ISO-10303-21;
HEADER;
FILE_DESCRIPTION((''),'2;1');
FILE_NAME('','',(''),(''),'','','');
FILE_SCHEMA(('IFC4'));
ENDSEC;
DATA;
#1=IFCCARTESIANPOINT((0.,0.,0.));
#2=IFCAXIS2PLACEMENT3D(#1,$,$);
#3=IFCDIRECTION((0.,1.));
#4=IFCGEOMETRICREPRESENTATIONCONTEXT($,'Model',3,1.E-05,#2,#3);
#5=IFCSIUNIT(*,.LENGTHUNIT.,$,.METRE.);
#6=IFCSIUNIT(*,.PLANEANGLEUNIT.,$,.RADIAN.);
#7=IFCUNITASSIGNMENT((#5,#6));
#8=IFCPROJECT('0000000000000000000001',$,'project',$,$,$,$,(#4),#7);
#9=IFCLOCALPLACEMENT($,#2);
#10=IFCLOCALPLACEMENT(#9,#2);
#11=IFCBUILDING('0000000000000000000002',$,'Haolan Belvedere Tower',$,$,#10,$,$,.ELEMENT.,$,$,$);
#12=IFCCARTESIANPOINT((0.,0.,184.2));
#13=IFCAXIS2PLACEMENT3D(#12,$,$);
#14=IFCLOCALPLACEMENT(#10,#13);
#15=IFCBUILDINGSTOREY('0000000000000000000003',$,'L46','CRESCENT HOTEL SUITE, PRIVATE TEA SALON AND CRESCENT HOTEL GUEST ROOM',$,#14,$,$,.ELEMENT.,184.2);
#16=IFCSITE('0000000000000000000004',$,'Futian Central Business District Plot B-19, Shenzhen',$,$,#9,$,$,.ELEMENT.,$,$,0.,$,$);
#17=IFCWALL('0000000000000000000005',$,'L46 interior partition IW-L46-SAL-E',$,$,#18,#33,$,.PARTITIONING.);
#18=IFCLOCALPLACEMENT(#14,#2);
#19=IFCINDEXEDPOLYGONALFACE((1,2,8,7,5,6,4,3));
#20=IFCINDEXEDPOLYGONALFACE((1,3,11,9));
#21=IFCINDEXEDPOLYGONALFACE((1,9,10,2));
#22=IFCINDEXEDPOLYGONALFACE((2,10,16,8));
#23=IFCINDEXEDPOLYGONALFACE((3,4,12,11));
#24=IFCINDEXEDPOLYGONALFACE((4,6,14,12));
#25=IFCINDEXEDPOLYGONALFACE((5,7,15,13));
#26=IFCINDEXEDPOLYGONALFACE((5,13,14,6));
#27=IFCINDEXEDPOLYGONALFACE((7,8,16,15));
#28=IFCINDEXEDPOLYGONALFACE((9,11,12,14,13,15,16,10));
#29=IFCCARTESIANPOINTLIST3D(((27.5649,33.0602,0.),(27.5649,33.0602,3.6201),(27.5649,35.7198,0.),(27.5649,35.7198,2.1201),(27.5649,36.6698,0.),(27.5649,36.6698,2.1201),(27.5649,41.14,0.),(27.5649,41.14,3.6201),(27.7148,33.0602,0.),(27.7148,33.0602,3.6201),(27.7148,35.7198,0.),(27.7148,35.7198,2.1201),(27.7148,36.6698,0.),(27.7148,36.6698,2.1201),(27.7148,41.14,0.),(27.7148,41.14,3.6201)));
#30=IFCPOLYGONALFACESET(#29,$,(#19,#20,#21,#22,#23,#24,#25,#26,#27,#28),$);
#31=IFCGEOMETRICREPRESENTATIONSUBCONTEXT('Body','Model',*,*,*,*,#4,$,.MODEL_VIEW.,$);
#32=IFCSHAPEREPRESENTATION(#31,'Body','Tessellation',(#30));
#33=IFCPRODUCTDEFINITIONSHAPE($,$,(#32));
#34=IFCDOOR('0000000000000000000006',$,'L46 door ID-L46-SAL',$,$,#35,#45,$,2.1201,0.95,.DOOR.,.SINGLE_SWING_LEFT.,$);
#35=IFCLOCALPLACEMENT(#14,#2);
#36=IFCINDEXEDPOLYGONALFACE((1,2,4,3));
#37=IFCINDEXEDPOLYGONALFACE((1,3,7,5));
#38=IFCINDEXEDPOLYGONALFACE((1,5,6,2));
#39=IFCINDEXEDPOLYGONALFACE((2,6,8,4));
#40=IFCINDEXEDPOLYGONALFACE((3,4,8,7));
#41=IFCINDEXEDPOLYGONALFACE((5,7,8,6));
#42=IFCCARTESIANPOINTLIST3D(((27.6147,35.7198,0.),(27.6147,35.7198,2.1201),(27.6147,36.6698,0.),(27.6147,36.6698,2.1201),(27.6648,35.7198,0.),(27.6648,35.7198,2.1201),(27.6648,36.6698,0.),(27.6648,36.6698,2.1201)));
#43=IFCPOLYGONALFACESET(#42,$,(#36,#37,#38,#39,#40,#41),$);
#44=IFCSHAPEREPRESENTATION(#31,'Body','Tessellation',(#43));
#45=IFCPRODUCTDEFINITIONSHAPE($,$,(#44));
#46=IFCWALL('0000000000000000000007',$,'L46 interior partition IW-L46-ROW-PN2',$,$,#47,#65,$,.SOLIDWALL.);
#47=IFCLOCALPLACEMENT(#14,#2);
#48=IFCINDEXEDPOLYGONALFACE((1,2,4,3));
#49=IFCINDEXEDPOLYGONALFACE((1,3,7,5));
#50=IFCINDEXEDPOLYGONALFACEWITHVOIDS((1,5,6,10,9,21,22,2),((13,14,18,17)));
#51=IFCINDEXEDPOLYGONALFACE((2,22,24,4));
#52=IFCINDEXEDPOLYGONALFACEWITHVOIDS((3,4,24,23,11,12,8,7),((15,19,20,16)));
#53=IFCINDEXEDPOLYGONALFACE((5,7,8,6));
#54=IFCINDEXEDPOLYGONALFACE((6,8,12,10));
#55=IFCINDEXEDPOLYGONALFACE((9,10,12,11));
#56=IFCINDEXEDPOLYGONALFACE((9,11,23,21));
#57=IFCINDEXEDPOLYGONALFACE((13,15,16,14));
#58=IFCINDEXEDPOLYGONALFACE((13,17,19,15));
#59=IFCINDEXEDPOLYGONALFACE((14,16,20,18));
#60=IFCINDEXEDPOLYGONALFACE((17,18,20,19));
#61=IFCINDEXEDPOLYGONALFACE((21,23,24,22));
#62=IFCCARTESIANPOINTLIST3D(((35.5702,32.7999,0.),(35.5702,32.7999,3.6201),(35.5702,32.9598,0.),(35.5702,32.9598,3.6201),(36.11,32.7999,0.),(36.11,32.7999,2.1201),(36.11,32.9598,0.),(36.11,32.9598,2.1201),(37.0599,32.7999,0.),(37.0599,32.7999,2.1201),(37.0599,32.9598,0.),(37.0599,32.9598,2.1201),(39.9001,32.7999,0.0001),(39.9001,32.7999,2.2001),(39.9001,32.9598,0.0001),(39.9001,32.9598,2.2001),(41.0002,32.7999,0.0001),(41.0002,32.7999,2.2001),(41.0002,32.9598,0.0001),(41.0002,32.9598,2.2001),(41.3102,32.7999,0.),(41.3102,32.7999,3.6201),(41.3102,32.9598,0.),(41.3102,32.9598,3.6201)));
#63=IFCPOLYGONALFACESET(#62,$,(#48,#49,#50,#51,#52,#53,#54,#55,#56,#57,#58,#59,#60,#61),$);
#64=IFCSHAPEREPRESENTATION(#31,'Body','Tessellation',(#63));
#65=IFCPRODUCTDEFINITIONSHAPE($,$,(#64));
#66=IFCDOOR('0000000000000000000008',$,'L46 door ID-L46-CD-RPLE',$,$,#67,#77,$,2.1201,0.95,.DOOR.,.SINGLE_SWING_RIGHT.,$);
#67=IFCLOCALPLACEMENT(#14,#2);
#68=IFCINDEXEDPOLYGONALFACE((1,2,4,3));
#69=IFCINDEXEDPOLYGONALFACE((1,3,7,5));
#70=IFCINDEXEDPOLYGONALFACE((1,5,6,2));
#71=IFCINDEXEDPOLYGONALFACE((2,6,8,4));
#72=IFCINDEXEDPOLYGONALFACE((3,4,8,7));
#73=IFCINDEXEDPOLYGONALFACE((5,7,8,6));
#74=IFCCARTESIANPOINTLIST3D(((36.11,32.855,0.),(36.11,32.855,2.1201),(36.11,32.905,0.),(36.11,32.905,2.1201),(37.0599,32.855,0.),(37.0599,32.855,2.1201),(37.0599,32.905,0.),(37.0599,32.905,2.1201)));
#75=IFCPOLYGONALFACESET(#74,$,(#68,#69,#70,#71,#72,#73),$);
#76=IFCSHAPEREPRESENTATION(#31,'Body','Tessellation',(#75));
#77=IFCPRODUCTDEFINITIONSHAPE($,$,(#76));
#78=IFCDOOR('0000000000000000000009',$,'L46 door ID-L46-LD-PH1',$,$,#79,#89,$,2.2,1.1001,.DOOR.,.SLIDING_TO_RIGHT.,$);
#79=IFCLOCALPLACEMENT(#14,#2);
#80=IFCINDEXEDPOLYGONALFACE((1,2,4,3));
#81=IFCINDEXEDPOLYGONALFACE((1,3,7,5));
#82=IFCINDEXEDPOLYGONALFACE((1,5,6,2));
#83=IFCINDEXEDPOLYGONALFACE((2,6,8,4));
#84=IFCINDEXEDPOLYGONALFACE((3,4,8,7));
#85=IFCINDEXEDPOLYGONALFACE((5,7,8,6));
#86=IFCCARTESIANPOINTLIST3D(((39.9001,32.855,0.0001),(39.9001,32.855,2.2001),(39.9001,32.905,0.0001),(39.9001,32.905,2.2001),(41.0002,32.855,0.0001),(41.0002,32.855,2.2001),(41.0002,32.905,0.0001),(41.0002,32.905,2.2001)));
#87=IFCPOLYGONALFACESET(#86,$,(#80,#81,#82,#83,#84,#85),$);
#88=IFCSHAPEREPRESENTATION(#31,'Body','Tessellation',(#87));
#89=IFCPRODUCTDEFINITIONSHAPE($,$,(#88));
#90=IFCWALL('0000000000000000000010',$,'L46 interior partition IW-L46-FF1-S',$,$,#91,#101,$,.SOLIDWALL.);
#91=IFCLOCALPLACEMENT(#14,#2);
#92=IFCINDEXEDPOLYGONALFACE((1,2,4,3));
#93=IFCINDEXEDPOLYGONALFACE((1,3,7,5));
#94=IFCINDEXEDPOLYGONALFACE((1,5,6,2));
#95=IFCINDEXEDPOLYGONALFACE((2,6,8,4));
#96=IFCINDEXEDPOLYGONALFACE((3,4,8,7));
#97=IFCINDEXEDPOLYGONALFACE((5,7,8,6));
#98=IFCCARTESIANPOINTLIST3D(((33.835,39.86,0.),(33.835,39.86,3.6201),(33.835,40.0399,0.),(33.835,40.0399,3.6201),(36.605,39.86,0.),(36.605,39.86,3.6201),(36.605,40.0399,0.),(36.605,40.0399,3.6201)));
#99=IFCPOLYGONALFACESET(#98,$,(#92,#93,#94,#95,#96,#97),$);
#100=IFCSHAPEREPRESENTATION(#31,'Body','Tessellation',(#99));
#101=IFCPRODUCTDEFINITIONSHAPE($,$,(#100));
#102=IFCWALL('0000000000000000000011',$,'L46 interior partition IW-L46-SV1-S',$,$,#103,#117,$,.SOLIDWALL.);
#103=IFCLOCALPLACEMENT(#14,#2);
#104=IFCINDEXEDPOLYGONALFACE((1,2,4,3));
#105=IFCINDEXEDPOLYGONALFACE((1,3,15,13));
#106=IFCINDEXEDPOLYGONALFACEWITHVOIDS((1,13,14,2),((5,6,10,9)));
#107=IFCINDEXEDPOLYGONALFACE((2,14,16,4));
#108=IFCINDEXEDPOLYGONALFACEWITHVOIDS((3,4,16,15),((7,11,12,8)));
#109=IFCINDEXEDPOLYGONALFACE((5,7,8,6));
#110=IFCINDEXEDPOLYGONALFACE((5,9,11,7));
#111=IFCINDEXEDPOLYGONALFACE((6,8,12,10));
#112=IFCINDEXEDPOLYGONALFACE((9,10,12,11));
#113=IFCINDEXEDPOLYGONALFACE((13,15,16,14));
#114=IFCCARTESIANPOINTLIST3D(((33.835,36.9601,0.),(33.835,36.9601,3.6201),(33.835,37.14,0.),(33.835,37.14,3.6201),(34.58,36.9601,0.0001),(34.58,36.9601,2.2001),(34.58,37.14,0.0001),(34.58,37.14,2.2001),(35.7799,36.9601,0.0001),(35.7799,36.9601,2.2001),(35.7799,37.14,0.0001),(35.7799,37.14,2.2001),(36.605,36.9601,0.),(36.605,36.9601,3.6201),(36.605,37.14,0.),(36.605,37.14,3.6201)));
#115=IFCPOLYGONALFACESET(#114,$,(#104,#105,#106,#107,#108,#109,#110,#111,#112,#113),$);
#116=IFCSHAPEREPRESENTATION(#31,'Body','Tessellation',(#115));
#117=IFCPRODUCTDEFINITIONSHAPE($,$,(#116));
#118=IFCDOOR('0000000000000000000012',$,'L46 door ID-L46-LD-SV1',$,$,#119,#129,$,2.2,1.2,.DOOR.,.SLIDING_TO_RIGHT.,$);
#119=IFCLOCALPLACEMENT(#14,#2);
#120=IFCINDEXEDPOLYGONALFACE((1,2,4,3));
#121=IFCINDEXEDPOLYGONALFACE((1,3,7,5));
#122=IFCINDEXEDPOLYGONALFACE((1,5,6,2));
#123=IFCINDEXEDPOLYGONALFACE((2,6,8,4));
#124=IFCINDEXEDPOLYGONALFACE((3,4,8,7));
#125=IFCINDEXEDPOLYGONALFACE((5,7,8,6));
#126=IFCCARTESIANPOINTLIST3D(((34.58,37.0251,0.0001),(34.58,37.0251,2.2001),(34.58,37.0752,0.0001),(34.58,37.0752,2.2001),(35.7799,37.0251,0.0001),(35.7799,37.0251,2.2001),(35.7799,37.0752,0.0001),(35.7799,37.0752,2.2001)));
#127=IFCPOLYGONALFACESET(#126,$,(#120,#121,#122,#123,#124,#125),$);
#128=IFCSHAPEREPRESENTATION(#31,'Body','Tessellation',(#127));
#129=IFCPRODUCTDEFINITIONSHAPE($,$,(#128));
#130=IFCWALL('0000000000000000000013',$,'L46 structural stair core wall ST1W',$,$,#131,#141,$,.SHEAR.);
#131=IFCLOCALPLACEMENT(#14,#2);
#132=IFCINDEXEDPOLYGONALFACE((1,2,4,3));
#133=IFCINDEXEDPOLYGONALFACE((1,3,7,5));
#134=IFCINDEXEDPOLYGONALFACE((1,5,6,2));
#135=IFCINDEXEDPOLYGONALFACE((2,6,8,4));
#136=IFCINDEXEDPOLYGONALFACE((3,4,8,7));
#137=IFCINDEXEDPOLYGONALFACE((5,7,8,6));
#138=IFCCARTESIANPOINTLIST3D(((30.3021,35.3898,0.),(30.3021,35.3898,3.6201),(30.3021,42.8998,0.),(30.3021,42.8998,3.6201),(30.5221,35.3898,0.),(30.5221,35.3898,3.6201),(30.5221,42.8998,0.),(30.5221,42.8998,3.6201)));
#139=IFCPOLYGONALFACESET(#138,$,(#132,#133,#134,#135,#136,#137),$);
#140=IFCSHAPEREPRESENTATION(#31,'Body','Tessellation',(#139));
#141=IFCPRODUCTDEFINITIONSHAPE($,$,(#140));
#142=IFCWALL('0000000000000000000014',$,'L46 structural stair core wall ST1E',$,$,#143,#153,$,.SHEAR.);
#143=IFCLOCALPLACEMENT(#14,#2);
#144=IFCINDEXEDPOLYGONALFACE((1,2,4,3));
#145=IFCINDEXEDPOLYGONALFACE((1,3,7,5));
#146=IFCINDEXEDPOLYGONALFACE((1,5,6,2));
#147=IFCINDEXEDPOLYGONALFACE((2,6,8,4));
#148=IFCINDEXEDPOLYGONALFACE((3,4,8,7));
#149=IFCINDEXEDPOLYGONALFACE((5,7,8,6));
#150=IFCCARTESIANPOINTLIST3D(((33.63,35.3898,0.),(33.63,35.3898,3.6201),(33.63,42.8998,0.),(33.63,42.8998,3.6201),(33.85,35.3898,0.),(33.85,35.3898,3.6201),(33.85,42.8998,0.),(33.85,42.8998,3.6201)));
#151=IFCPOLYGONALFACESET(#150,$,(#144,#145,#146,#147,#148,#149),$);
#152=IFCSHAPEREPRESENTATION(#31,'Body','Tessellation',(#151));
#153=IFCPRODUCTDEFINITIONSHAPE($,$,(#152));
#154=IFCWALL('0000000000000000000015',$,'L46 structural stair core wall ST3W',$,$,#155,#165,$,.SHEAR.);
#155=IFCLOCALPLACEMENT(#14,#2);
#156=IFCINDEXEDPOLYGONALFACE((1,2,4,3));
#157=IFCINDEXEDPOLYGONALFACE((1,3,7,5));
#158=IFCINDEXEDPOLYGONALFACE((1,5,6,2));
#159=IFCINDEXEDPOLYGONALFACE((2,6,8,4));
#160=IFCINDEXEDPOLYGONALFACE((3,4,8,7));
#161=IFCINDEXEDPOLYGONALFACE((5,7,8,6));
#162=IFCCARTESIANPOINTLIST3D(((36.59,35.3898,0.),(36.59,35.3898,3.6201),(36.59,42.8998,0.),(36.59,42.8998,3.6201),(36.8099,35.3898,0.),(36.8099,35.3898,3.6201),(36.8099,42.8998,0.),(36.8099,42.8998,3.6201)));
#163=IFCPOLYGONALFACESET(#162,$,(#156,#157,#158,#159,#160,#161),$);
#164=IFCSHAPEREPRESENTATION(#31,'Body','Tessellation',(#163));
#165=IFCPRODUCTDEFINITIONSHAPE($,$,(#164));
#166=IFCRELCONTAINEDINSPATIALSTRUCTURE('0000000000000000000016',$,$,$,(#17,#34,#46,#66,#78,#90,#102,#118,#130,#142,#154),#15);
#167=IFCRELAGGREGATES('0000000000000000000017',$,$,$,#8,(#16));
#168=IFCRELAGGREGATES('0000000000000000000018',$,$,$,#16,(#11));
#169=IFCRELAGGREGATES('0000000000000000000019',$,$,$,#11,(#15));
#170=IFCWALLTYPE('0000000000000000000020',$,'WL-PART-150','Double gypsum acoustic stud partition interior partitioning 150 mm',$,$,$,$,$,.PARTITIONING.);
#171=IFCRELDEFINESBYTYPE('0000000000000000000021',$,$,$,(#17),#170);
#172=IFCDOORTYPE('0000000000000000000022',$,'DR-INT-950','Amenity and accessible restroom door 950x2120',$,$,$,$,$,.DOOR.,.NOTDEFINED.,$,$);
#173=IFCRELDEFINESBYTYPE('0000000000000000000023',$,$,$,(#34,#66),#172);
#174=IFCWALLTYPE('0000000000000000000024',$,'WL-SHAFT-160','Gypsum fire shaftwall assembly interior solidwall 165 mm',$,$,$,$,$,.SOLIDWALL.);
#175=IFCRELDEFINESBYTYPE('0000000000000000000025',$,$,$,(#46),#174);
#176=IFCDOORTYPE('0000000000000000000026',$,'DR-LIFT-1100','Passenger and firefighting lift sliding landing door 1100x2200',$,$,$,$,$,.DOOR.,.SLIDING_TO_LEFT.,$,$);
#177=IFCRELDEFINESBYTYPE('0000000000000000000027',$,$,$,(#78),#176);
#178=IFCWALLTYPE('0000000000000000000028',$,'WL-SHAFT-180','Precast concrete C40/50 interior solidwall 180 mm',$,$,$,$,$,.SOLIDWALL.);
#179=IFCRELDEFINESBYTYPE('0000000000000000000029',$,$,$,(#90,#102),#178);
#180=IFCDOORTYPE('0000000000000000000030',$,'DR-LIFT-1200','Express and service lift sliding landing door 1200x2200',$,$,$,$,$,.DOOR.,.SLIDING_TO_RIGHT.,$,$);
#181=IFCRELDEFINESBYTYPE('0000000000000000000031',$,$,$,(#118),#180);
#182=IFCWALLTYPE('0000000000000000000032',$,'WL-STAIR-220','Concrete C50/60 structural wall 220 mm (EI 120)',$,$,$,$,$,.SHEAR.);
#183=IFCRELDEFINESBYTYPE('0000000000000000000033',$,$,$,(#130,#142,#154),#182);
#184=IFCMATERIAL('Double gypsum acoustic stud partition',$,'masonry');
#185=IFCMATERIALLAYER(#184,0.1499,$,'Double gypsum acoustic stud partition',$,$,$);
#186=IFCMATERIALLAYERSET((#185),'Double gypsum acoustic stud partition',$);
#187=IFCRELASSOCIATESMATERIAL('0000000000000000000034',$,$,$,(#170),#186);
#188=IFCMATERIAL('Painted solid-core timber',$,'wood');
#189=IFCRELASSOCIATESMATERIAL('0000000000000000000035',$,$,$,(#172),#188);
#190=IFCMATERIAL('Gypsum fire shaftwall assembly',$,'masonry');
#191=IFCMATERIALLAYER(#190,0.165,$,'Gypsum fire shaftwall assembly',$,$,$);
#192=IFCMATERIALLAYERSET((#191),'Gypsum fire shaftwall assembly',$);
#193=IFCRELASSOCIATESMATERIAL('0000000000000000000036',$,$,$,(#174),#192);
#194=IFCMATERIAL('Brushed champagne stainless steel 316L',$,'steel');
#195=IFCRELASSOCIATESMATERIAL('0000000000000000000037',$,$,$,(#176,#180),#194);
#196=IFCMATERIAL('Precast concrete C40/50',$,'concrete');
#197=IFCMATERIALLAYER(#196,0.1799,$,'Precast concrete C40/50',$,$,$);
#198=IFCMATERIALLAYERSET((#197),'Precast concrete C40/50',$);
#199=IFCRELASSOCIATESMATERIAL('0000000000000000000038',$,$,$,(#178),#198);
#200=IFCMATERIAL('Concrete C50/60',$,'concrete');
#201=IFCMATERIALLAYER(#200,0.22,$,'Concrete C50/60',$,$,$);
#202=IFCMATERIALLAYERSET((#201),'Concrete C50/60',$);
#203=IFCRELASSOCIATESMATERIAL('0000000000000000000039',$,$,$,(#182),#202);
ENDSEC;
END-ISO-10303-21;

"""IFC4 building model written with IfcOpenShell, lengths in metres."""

from ifc_helpers import new_model, si_unit, direction, frame, frame_2d, origin, place, context, subcontext, project, spatial, rectangle, extrude, material, layer, layer_set, type_object, element, fill, save


model = new_model("IFC4")

# Units and contexts
model_context = context("Model", 3, precision=1e-05, world=origin(), true_north=direction((0.0, 1.0)))
body_context = subcontext(model_context, "Body", "Model", "MODEL_VIEW")
ifc_project = project(units=[si_unit("LENGTHUNIT", "METRE"), si_unit("PLANEANGLEUNIT", "RADIAN")], contexts=[model_context])

# Site, building, storey
site_placement = place(None, origin())
site = spatial("IfcSite", under=ifc_project, at=site_placement, Name="Futian Central Business District Plot B-19, Shenzhen", CompositionType="ELEMENT", RefElevation=0.0)
building_placement = place(site_placement, origin())
building = spatial("IfcBuilding", under=site, at=building_placement, Name="Haolan Belvedere Tower", CompositionType="ELEMENT")
storey_placement = place(building_placement, frame((0.0, 0.0, 184.2)))
storey = spatial("IfcBuildingStorey", under=building, at=storey_placement, Name="L46", Description="CRESCENT HOTEL SUITE, PRIVATE TEA SALON AND CRESCENT HOTEL GUEST ROOM", CompositionType="ELEMENT", Elevation=184.2)

# Wall, opening, door
ifc_material_1 = material(Name="Double gypsum acoustic stud partition", Category="masonry")
ifc_layer_1 = layer(ifc_material_1, 0.1499, Name="Double gypsum acoustic stud partition")
ifc_layer_set_1 = layer_set([ifc_layer_1], Name="Double gypsum acoustic stud partition")
wall_type_1 = type_object("IfcWallType", Name="WL-PART-150", Description="Double gypsum acoustic stud partition interior partitioning 150 mm", PredefinedType="PARTITIONING", material=ifc_layer_set_1)
wall_1_placement = place(storey_placement, frame((27.6399, 33.0601, 0.0), z_axis=(0.0, 0.0, 1.0), x_axis=(0.0, 1.0, 0.0)))
wall_1 = element("IfcWall", 1, at=wall_1_placement, inside=storey, type_object=wall_type_1, Name="L46 interior partition IW-L46-SAL-E", PredefinedType="PARTITIONING", context=body_context, shape_type="SweptSolid", body=[
    extrude(rectangle(XDim=8.0798, YDim=0.1499, at=frame_2d((4.04, 0.0))), origin(), (0.0, 0.0, 1.0), 3.6201),
])
opening_1_placement = place(wall_1_placement, frame((3.6099, 0.0, 0.0), z_axis=(0.0, 0.0, 1.0), x_axis=(-1.0, 0.0, 0.0)))
opening_1 = element("IfcOpeningElement", 2, at=opening_1_placement, cuts=wall_1, PredefinedType="OPENING", context=body_context, shape_type="SweptSolid", body=[
    extrude(rectangle(XDim=0.95, YDim=2.1201, at=frame_2d((0.4751, 1.0601))), frame((0.0, 0.085, 0.0), z_axis=(0.0, -1.0, 0.0), x_axis=(1.0, 0.0, 0.0)), (0.0, 0.0, 1.0), 0.1699),
])
ifc_material_2 = material(Name="Painted solid-core timber", Category="wood")
door_type_1 = type_object("IfcDoorType", Name="DR-INT-950", Description="Amenity and accessible restroom door 950x2120", OperationType="NOTDEFINED", PredefinedType="DOOR", material=ifc_material_2)
door_1_placement = place(opening_1_placement, origin())
door_1 = element("IfcDoor", 3, at=door_1_placement, inside=storey, type_object=door_type_1, Name="L46 door ID-L46-SAL", OperationType="SINGLE_SWING_LEFT", OverallHeight=2.1201, OverallWidth=0.95, PredefinedType="DOOR", context=body_context, shape_type="SweptSolid", body=[
    extrude(rectangle(XDim=0.95, YDim=2.1201, at=frame_2d((0.4751, 1.0601))), frame((0.0, 0.0249, 0.0), z_axis=(0.0, -1.0, 0.0), x_axis=(1.0, 0.0, 0.0)), (0.0, 0.0, 1.0), 0.05),
])
fill(opening_1, door_1)

# Wall, openings, doors
ifc_material_3 = material(Name="Gypsum fire shaftwall assembly", Category="masonry")
ifc_layer_2 = layer(ifc_material_3, 0.165, Name="Gypsum fire shaftwall assembly")
ifc_layer_set_2 = layer_set([ifc_layer_2], Name="Gypsum fire shaftwall assembly")
wall_type_2 = type_object("IfcWallType", Name="WL-SHAFT-160", Description="Gypsum fire shaftwall assembly interior solidwall 165 mm", PredefinedType="SOLIDWALL", material=ifc_layer_set_2)
wall_2_placement = place(storey_placement, frame((35.5701, 32.8799, 0.0), z_axis=(0.0, 0.0, 1.0), x_axis=(1.0, 0.0, 0.0)))
wall_2 = element("IfcWall", 4, at=wall_2_placement, inside=storey, type_object=wall_type_2, Name="L46 interior partition IW-L46-ROW-PN2", PredefinedType="SOLIDWALL", context=body_context, shape_type="SweptSolid", body=[
    extrude(rectangle(XDim=5.74, YDim=0.1599, at=frame_2d((2.8701, 0.0))), origin(), (0.0, 0.0, 1.0), 3.6201),
])
opening_2_placement = place(wall_2_placement, frame((1.49, 0.0, 0.0), z_axis=(0.0, 0.0, 1.0), x_axis=(-1.0, 0.0, 0.0)))
opening_2 = element("IfcOpeningElement", 5, at=opening_2_placement, cuts=wall_2, PredefinedType="OPENING", context=body_context, shape_type="SweptSolid", body=[
    extrude(rectangle(XDim=0.95, YDim=2.1201, at=frame_2d((0.4751, 1.0601))), frame((0.0, 0.0898, 0.0), z_axis=(0.0, -1.0, 0.0), x_axis=(1.0, 0.0, 0.0)), (0.0, 0.0, 1.0), 0.1799),
])
opening_3_placement = place(wall_2_placement, frame((5.4302, 0.0, 0.0), z_axis=(0.0, 0.0, 1.0), x_axis=(-1.0, 0.0, 0.0)))
opening_3 = element("IfcOpeningElement", 6, at=opening_3_placement, cuts=wall_2, PredefinedType="OPENING", context=body_context, shape_type="SweptSolid", body=[
    extrude(rectangle(XDim=1.1001, YDim=2.2, at=frame_2d((0.55, 1.1001))), frame((0.0, 0.0898, 0.0), z_axis=(0.0, -1.0, 0.0), x_axis=(1.0, 0.0, 0.0)), (0.0, 0.0, 1.0), 0.1799),
])
door_2_placement = place(opening_2_placement, origin())
door_2 = element("IfcDoor", 7, at=door_2_placement, inside=storey, type_object=door_type_1, Name="L46 door ID-L46-CD-RPLE", OperationType="SINGLE_SWING_RIGHT", OverallHeight=2.1201, OverallWidth=0.95, PredefinedType="DOOR", context=body_context, shape_type="SweptSolid", body=[
    extrude(rectangle(XDim=0.95, YDim=2.1201, at=frame_2d((0.4751, 1.0601))), frame((0.0, 0.0249, 0.0), z_axis=(0.0, -1.0, 0.0), x_axis=(1.0, 0.0, 0.0)), (0.0, 0.0, 1.0), 0.05),
])
fill(opening_2, door_2)
ifc_material_4 = material(Name="Brushed champagne stainless steel 316L", Category="steel")
door_type_2 = type_object("IfcDoorType", Name="DR-LIFT-1100", Description="Passenger and firefighting lift sliding landing door 1100x2200", OperationType="SLIDING_TO_LEFT", PredefinedType="DOOR", material=ifc_material_4)
door_3_placement = place(opening_3_placement, origin())
door_3 = element("IfcDoor", 8, at=door_3_placement, inside=storey, type_object=door_type_2, Name="L46 door ID-L46-LD-PH1", OperationType="SLIDING_TO_RIGHT", OverallHeight=2.2, OverallWidth=1.1001, PredefinedType="DOOR", context=body_context, shape_type="SweptSolid", body=[
    extrude(rectangle(XDim=1.1001, YDim=2.2, at=frame_2d((0.55, 1.1001))), frame((0.0, 0.0249, 0.0), z_axis=(0.0, -1.0, 0.0), x_axis=(1.0, 0.0, 0.0)), (0.0, 0.0, 1.0), 0.05),
])
fill(opening_3, door_3)

# Wall
ifc_material_5 = material(Name="Precast concrete C40/50", Category="concrete")
ifc_layer_3 = layer(ifc_material_5, 0.1799, Name="Precast concrete C40/50")
ifc_layer_set_3 = layer_set([ifc_layer_3], Name="Precast concrete C40/50")
wall_type_3 = type_object("IfcWallType", Name="WL-SHAFT-180", Description="Precast concrete C40/50 interior solidwall 180 mm", PredefinedType="SOLIDWALL", material=ifc_layer_set_3)
wall_3_placement = place(storey_placement, frame((33.835, 39.95, 0.0), z_axis=(0.0, 0.0, 1.0), x_axis=(1.0, 0.0, 0.0)))
element("IfcWall", 9, at=wall_3_placement, inside=storey, type_object=wall_type_3, Name="L46 interior partition IW-L46-FF1-S", PredefinedType="SOLIDWALL", context=body_context, shape_type="SweptSolid", body=[
    extrude(rectangle(XDim=2.77, YDim=0.1799, at=frame_2d((1.385, 0.0))), origin(), (0.0, 0.0, 1.0), 3.6201),
])

# Wall, opening, door
wall_4_placement = place(storey_placement, frame((33.835, 37.05, 0.0), z_axis=(0.0, 0.0, 1.0), x_axis=(1.0, 0.0, 0.0)))
wall_4 = element("IfcWall", 10, at=wall_4_placement, inside=storey, type_object=wall_type_3, Name="L46 interior partition IW-L46-SV1-S", PredefinedType="SOLIDWALL", context=body_context, shape_type="SweptSolid", body=[
    extrude(rectangle(XDim=2.77, YDim=0.1799, at=frame_2d((1.385, 0.0))), origin(), (0.0, 0.0, 1.0), 3.6201),
])
opening_4_placement = place(wall_4_placement, frame((1.9451, 0.0, 0.0), z_axis=(0.0, 0.0, 1.0), x_axis=(-1.0, 0.0, 0.0)))
opening_4 = element("IfcOpeningElement", 11, at=opening_4_placement, cuts=wall_4, PredefinedType="OPENING", context=body_context, shape_type="SweptSolid", body=[
    extrude(rectangle(XDim=1.2, YDim=2.2, at=frame_2d((0.6001, 1.1001))), frame((0.0, 0.0999, 0.0), z_axis=(0.0, -1.0, 0.0), x_axis=(1.0, 0.0, 0.0)), (0.0, 0.0, 1.0), 0.2),
])
door_type_3 = type_object("IfcDoorType", Name="DR-LIFT-1200", Description="Express and service lift sliding landing door 1200x2200", OperationType="SLIDING_TO_RIGHT", PredefinedType="DOOR", material=ifc_material_4)
door_4_placement = place(opening_4_placement, origin())
door_4 = element("IfcDoor", 12, at=door_4_placement, inside=storey, type_object=door_type_3, Name="L46 door ID-L46-LD-SV1", OperationType="SLIDING_TO_RIGHT", OverallHeight=2.2, OverallWidth=1.2, PredefinedType="DOOR", context=body_context, shape_type="SweptSolid", body=[
    extrude(rectangle(XDim=1.2, YDim=2.2, at=frame_2d((0.6001, 1.1001))), frame((0.0, 0.0249, 0.0), z_axis=(0.0, -1.0, 0.0), x_axis=(1.0, 0.0, 0.0)), (0.0, 0.0, 1.0), 0.05),
])
fill(opening_4, door_4)

# Walls
ifc_material_6 = material(Name="Concrete C50/60", Category="concrete")
ifc_layer_4 = layer(ifc_material_6, 0.22, Name="Concrete C50/60")
ifc_layer_set_4 = layer_set([ifc_layer_4], Name="Concrete C50/60")
wall_type_4 = type_object("IfcWallType", Name="WL-STAIR-220", Description="Concrete C50/60 structural wall 220 mm (EI 120)", PredefinedType="SHEAR", material=ifc_layer_set_4)
for number, where, z_axis, x_axis, name in (
    (13, (30.4121, 35.3899, 0.0), (0.0, 0.0, 1.0), (0.0, 1.0, 0.0), "L46 structural stair core wall ST1W"),
    (14, (33.74, 35.3899, 0.0), (0.0, 0.0, 1.0), (0.0, 1.0, 0.0), "L46 structural stair core wall ST1E"),
    (15, (36.7, 35.3899, 0.0), (0.0, 0.0, 1.0), (0.0, 1.0, 0.0), "L46 structural stair core wall ST3W"),
):
    element("IfcWall", number, at=place(storey_placement, frame(where, z_axis=z_axis, x_axis=x_axis)), inside=storey, type_object=wall_type_4, Name=name, PredefinedType="SHEAR", context=body_context, shape_type="SweptSolid", body=[
        extrude(rectangle(XDim=7.51, YDim=0.22, at=frame_2d((3.7549, 0.0))), origin(), (0.0, 0.0, 1.0), 3.6201),
    ])

save(model, "model.ifc")
